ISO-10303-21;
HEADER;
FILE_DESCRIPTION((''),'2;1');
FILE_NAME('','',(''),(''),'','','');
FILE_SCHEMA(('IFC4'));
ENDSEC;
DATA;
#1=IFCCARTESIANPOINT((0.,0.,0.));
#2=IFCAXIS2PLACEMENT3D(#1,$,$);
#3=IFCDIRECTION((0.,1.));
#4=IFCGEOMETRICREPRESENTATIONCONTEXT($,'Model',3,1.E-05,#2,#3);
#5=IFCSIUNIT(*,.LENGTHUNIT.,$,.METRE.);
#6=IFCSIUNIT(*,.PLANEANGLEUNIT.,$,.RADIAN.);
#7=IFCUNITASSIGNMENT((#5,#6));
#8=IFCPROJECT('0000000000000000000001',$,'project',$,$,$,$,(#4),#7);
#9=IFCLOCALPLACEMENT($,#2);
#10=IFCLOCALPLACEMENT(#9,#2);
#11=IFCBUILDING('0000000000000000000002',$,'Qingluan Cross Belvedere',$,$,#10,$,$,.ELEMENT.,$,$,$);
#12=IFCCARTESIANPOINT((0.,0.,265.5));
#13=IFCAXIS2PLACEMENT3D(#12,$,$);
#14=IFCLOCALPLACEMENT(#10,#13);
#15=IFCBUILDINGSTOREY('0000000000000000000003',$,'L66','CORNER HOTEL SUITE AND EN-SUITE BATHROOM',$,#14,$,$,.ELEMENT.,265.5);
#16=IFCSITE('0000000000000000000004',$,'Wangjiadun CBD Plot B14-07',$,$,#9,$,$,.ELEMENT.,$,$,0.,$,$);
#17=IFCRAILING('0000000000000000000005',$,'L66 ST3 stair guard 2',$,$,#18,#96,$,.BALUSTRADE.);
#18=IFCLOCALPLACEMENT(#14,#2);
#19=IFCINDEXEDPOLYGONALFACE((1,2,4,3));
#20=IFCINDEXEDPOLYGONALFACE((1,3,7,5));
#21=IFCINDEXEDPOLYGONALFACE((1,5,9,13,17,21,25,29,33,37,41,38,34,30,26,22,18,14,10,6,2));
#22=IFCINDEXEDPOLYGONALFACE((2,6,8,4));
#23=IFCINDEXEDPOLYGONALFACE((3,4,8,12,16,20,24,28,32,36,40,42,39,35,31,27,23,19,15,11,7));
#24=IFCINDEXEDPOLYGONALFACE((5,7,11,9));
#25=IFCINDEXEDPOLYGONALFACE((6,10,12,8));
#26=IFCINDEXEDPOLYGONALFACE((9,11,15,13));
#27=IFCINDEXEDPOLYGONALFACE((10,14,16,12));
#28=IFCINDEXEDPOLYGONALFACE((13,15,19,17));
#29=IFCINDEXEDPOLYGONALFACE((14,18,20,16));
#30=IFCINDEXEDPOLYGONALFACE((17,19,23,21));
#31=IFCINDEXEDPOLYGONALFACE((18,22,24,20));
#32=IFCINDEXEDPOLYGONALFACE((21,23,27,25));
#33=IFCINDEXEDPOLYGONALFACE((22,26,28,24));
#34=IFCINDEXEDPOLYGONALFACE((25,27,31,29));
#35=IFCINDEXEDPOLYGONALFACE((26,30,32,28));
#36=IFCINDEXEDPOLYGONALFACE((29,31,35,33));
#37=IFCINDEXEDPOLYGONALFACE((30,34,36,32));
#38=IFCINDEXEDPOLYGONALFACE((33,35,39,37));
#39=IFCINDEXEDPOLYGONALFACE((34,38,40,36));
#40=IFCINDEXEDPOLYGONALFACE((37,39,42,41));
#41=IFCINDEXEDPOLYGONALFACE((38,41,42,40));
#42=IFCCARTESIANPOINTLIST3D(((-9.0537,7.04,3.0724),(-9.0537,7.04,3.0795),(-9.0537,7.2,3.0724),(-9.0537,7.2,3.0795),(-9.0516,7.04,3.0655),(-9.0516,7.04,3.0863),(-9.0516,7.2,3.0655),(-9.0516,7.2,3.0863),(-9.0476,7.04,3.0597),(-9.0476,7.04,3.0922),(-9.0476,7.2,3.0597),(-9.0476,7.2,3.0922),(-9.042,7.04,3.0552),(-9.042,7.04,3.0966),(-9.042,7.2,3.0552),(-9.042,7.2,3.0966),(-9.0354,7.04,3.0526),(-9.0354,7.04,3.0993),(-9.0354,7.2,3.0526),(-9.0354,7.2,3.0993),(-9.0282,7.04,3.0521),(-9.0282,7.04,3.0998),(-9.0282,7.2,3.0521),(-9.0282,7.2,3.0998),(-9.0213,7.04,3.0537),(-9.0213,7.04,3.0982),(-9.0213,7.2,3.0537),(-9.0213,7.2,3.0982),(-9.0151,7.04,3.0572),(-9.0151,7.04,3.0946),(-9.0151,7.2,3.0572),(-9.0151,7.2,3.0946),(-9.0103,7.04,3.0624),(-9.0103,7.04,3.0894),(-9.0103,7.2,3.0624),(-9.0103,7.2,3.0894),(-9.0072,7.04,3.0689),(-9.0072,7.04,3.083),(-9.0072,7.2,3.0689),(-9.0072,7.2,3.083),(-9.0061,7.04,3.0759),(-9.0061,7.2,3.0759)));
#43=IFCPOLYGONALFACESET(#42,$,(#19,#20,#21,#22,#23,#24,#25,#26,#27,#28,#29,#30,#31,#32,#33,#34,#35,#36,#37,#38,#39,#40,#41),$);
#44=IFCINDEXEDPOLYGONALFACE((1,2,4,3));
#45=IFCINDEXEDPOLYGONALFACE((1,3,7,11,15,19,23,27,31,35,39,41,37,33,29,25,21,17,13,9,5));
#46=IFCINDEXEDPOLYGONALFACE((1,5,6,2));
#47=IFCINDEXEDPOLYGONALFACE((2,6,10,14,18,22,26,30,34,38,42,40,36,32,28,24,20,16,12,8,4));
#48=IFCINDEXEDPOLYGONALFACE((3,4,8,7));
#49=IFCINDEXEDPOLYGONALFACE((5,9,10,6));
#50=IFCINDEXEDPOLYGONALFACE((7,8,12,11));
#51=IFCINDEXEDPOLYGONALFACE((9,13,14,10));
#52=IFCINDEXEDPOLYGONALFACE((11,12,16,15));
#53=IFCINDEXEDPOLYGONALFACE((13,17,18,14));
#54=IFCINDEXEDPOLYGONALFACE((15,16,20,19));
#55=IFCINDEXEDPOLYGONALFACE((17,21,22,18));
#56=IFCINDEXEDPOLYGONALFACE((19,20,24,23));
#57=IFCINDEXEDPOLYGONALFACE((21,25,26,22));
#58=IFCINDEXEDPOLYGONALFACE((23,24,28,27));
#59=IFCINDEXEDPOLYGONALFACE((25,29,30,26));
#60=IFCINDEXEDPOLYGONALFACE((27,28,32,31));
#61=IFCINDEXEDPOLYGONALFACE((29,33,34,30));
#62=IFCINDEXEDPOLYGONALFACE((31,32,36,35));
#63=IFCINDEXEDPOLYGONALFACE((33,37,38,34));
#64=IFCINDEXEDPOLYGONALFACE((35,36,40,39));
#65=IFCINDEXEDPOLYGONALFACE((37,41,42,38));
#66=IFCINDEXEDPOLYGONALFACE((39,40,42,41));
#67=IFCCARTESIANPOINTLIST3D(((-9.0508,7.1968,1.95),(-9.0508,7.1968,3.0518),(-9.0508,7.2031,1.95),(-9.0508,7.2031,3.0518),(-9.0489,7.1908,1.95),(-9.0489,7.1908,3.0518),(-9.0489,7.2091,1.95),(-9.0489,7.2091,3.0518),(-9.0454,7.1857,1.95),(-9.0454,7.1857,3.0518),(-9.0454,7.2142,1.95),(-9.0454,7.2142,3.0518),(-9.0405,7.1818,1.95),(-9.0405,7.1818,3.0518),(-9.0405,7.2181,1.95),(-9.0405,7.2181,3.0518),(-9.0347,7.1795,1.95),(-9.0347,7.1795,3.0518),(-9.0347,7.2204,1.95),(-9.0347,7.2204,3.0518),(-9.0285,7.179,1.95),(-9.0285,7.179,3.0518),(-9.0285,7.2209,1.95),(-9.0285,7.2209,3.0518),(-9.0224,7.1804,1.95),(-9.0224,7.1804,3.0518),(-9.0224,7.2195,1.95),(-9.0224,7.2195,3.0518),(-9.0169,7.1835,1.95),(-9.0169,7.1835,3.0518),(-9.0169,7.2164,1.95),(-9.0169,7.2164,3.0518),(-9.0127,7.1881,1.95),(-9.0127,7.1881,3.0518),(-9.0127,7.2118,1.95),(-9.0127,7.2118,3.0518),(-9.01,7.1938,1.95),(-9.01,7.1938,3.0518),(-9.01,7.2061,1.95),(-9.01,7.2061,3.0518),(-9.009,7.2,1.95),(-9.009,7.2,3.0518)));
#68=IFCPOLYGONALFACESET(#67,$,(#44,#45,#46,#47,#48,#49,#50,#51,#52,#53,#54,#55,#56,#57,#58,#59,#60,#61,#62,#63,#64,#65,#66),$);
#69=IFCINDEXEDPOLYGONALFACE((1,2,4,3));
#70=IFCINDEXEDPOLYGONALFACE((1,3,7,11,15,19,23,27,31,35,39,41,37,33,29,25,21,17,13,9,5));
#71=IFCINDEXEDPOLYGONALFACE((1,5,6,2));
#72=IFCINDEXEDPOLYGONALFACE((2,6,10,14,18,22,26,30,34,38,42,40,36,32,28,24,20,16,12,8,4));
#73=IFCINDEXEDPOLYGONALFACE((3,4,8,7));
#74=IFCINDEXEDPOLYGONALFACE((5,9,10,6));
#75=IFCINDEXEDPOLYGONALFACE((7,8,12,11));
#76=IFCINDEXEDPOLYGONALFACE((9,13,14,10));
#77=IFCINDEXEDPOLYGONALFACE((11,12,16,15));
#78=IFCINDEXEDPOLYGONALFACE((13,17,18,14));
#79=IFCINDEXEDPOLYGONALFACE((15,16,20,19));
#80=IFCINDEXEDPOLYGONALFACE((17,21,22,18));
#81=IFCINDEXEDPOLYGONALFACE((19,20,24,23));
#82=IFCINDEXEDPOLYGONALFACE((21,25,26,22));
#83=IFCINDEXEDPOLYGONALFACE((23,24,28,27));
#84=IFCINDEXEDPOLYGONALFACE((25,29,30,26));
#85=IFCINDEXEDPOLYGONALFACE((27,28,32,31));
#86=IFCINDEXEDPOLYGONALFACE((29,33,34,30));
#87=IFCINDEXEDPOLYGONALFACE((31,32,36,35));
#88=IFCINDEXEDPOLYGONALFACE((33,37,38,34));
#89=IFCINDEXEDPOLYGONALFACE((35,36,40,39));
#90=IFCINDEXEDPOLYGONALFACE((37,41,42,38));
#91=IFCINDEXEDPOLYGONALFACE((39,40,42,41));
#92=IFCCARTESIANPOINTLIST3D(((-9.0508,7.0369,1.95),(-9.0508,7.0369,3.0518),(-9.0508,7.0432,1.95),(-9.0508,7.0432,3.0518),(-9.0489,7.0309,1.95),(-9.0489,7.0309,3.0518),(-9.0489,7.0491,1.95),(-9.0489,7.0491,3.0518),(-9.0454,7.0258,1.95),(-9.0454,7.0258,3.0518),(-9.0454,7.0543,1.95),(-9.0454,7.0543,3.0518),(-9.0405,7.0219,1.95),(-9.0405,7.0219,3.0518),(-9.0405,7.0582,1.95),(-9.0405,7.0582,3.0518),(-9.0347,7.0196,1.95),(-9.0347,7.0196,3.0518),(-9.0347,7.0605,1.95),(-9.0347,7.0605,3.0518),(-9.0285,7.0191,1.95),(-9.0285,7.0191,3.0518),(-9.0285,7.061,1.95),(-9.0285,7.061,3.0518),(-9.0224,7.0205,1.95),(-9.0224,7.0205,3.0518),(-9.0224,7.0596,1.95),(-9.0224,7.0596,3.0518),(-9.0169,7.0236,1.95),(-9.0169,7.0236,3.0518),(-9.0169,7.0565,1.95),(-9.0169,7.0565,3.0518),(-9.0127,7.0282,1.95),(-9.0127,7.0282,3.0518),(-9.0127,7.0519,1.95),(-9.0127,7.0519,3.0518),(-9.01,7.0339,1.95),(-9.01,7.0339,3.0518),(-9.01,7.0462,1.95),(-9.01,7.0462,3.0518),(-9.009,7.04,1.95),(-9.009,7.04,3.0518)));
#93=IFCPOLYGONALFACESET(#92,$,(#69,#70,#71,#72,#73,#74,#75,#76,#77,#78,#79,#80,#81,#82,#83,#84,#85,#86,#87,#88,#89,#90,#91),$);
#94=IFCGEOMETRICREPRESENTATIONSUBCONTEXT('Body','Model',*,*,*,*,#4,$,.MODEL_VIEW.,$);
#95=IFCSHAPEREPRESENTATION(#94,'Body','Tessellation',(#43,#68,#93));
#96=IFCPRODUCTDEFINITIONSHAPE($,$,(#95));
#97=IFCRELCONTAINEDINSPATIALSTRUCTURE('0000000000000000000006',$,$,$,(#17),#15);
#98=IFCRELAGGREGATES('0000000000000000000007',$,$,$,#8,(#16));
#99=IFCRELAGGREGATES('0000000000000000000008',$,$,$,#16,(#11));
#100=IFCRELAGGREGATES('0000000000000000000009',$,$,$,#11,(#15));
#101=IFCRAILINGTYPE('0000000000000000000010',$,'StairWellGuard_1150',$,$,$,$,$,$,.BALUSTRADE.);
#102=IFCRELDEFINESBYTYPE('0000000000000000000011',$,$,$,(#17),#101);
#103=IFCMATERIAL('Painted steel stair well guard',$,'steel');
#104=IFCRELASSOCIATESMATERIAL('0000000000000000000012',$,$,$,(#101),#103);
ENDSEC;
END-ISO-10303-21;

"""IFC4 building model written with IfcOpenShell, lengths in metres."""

from ifc_helpers import new_model, si_unit, direction, frame, origin, origin_2d, place, context, subcontext, project, spatial, circle, extrude, material, type_object, element, save


model = new_model("IFC4")

# Units and contexts
model_context = context("Model", 3, precision=1e-05, world=origin(), true_north=direction((0.0, 1.0)))
body_context = subcontext(model_context, "Body", "Model", "MODEL_VIEW")
ifc_project = project(units=[si_unit("LENGTHUNIT", "METRE"), si_unit("PLANEANGLEUNIT", "RADIAN")], contexts=[model_context])

# Site, building, storey
site_placement = place(None, origin())
site = spatial("IfcSite", under=ifc_project, at=site_placement, Name="Wangjiadun CBD Plot B14-07", CompositionType="ELEMENT", RefElevation=0.0)
building_placement = place(site_placement, origin())
building = spatial("IfcBuilding", under=site, at=building_placement, Name="Qingluan Cross Belvedere", CompositionType="ELEMENT")
storey_placement = place(building_placement, frame((0.0, 0.0, 265.5)))
storey = spatial("IfcBuildingStorey", under=building, at=storey_placement, Name="L66", Description="CORNER HOTEL SUITE AND EN-SUITE BATHROOM", CompositionType="ELEMENT", Elevation=265.5)

# Railing
ifc_material_1 = material(Name="Painted steel stair well guard", Category="steel")
railing_type_1 = type_object("IfcRailingType", Name="StairWellGuard_1150", PredefinedType="BALUSTRADE", material=ifc_material_1)
railing_1_placement = place(storey_placement, frame((-9.03, 7.2, 1.95)))
element("IfcRailing", 1, at=railing_1_placement, inside=storey, type_object=railing_type_1, Name="L66 ST3 stair guard 2", PredefinedType="BALUSTRADE", context=body_context, shape_type="SweptSolid", body=[
    extrude(circle(Radius=0.0239, at=origin_2d()), frame((0.0, 0.0, 1.126), z_axis=(0.0, -1.0, 0.0), x_axis=(1.0, 0.0, 0.0)), (0.0, 0.0, 1.0), 0.1599),
    extrude(circle(Radius=0.021, at=origin_2d()), origin(), (0.0, 0.0, 1.0), 1.1018),
    extrude(circle(Radius=0.021, at=origin_2d()), frame((0.0, -0.1599, 0.0)), (0.0, 0.0, 1.0), 1.1018),
])

save(model, "model.ifc")
